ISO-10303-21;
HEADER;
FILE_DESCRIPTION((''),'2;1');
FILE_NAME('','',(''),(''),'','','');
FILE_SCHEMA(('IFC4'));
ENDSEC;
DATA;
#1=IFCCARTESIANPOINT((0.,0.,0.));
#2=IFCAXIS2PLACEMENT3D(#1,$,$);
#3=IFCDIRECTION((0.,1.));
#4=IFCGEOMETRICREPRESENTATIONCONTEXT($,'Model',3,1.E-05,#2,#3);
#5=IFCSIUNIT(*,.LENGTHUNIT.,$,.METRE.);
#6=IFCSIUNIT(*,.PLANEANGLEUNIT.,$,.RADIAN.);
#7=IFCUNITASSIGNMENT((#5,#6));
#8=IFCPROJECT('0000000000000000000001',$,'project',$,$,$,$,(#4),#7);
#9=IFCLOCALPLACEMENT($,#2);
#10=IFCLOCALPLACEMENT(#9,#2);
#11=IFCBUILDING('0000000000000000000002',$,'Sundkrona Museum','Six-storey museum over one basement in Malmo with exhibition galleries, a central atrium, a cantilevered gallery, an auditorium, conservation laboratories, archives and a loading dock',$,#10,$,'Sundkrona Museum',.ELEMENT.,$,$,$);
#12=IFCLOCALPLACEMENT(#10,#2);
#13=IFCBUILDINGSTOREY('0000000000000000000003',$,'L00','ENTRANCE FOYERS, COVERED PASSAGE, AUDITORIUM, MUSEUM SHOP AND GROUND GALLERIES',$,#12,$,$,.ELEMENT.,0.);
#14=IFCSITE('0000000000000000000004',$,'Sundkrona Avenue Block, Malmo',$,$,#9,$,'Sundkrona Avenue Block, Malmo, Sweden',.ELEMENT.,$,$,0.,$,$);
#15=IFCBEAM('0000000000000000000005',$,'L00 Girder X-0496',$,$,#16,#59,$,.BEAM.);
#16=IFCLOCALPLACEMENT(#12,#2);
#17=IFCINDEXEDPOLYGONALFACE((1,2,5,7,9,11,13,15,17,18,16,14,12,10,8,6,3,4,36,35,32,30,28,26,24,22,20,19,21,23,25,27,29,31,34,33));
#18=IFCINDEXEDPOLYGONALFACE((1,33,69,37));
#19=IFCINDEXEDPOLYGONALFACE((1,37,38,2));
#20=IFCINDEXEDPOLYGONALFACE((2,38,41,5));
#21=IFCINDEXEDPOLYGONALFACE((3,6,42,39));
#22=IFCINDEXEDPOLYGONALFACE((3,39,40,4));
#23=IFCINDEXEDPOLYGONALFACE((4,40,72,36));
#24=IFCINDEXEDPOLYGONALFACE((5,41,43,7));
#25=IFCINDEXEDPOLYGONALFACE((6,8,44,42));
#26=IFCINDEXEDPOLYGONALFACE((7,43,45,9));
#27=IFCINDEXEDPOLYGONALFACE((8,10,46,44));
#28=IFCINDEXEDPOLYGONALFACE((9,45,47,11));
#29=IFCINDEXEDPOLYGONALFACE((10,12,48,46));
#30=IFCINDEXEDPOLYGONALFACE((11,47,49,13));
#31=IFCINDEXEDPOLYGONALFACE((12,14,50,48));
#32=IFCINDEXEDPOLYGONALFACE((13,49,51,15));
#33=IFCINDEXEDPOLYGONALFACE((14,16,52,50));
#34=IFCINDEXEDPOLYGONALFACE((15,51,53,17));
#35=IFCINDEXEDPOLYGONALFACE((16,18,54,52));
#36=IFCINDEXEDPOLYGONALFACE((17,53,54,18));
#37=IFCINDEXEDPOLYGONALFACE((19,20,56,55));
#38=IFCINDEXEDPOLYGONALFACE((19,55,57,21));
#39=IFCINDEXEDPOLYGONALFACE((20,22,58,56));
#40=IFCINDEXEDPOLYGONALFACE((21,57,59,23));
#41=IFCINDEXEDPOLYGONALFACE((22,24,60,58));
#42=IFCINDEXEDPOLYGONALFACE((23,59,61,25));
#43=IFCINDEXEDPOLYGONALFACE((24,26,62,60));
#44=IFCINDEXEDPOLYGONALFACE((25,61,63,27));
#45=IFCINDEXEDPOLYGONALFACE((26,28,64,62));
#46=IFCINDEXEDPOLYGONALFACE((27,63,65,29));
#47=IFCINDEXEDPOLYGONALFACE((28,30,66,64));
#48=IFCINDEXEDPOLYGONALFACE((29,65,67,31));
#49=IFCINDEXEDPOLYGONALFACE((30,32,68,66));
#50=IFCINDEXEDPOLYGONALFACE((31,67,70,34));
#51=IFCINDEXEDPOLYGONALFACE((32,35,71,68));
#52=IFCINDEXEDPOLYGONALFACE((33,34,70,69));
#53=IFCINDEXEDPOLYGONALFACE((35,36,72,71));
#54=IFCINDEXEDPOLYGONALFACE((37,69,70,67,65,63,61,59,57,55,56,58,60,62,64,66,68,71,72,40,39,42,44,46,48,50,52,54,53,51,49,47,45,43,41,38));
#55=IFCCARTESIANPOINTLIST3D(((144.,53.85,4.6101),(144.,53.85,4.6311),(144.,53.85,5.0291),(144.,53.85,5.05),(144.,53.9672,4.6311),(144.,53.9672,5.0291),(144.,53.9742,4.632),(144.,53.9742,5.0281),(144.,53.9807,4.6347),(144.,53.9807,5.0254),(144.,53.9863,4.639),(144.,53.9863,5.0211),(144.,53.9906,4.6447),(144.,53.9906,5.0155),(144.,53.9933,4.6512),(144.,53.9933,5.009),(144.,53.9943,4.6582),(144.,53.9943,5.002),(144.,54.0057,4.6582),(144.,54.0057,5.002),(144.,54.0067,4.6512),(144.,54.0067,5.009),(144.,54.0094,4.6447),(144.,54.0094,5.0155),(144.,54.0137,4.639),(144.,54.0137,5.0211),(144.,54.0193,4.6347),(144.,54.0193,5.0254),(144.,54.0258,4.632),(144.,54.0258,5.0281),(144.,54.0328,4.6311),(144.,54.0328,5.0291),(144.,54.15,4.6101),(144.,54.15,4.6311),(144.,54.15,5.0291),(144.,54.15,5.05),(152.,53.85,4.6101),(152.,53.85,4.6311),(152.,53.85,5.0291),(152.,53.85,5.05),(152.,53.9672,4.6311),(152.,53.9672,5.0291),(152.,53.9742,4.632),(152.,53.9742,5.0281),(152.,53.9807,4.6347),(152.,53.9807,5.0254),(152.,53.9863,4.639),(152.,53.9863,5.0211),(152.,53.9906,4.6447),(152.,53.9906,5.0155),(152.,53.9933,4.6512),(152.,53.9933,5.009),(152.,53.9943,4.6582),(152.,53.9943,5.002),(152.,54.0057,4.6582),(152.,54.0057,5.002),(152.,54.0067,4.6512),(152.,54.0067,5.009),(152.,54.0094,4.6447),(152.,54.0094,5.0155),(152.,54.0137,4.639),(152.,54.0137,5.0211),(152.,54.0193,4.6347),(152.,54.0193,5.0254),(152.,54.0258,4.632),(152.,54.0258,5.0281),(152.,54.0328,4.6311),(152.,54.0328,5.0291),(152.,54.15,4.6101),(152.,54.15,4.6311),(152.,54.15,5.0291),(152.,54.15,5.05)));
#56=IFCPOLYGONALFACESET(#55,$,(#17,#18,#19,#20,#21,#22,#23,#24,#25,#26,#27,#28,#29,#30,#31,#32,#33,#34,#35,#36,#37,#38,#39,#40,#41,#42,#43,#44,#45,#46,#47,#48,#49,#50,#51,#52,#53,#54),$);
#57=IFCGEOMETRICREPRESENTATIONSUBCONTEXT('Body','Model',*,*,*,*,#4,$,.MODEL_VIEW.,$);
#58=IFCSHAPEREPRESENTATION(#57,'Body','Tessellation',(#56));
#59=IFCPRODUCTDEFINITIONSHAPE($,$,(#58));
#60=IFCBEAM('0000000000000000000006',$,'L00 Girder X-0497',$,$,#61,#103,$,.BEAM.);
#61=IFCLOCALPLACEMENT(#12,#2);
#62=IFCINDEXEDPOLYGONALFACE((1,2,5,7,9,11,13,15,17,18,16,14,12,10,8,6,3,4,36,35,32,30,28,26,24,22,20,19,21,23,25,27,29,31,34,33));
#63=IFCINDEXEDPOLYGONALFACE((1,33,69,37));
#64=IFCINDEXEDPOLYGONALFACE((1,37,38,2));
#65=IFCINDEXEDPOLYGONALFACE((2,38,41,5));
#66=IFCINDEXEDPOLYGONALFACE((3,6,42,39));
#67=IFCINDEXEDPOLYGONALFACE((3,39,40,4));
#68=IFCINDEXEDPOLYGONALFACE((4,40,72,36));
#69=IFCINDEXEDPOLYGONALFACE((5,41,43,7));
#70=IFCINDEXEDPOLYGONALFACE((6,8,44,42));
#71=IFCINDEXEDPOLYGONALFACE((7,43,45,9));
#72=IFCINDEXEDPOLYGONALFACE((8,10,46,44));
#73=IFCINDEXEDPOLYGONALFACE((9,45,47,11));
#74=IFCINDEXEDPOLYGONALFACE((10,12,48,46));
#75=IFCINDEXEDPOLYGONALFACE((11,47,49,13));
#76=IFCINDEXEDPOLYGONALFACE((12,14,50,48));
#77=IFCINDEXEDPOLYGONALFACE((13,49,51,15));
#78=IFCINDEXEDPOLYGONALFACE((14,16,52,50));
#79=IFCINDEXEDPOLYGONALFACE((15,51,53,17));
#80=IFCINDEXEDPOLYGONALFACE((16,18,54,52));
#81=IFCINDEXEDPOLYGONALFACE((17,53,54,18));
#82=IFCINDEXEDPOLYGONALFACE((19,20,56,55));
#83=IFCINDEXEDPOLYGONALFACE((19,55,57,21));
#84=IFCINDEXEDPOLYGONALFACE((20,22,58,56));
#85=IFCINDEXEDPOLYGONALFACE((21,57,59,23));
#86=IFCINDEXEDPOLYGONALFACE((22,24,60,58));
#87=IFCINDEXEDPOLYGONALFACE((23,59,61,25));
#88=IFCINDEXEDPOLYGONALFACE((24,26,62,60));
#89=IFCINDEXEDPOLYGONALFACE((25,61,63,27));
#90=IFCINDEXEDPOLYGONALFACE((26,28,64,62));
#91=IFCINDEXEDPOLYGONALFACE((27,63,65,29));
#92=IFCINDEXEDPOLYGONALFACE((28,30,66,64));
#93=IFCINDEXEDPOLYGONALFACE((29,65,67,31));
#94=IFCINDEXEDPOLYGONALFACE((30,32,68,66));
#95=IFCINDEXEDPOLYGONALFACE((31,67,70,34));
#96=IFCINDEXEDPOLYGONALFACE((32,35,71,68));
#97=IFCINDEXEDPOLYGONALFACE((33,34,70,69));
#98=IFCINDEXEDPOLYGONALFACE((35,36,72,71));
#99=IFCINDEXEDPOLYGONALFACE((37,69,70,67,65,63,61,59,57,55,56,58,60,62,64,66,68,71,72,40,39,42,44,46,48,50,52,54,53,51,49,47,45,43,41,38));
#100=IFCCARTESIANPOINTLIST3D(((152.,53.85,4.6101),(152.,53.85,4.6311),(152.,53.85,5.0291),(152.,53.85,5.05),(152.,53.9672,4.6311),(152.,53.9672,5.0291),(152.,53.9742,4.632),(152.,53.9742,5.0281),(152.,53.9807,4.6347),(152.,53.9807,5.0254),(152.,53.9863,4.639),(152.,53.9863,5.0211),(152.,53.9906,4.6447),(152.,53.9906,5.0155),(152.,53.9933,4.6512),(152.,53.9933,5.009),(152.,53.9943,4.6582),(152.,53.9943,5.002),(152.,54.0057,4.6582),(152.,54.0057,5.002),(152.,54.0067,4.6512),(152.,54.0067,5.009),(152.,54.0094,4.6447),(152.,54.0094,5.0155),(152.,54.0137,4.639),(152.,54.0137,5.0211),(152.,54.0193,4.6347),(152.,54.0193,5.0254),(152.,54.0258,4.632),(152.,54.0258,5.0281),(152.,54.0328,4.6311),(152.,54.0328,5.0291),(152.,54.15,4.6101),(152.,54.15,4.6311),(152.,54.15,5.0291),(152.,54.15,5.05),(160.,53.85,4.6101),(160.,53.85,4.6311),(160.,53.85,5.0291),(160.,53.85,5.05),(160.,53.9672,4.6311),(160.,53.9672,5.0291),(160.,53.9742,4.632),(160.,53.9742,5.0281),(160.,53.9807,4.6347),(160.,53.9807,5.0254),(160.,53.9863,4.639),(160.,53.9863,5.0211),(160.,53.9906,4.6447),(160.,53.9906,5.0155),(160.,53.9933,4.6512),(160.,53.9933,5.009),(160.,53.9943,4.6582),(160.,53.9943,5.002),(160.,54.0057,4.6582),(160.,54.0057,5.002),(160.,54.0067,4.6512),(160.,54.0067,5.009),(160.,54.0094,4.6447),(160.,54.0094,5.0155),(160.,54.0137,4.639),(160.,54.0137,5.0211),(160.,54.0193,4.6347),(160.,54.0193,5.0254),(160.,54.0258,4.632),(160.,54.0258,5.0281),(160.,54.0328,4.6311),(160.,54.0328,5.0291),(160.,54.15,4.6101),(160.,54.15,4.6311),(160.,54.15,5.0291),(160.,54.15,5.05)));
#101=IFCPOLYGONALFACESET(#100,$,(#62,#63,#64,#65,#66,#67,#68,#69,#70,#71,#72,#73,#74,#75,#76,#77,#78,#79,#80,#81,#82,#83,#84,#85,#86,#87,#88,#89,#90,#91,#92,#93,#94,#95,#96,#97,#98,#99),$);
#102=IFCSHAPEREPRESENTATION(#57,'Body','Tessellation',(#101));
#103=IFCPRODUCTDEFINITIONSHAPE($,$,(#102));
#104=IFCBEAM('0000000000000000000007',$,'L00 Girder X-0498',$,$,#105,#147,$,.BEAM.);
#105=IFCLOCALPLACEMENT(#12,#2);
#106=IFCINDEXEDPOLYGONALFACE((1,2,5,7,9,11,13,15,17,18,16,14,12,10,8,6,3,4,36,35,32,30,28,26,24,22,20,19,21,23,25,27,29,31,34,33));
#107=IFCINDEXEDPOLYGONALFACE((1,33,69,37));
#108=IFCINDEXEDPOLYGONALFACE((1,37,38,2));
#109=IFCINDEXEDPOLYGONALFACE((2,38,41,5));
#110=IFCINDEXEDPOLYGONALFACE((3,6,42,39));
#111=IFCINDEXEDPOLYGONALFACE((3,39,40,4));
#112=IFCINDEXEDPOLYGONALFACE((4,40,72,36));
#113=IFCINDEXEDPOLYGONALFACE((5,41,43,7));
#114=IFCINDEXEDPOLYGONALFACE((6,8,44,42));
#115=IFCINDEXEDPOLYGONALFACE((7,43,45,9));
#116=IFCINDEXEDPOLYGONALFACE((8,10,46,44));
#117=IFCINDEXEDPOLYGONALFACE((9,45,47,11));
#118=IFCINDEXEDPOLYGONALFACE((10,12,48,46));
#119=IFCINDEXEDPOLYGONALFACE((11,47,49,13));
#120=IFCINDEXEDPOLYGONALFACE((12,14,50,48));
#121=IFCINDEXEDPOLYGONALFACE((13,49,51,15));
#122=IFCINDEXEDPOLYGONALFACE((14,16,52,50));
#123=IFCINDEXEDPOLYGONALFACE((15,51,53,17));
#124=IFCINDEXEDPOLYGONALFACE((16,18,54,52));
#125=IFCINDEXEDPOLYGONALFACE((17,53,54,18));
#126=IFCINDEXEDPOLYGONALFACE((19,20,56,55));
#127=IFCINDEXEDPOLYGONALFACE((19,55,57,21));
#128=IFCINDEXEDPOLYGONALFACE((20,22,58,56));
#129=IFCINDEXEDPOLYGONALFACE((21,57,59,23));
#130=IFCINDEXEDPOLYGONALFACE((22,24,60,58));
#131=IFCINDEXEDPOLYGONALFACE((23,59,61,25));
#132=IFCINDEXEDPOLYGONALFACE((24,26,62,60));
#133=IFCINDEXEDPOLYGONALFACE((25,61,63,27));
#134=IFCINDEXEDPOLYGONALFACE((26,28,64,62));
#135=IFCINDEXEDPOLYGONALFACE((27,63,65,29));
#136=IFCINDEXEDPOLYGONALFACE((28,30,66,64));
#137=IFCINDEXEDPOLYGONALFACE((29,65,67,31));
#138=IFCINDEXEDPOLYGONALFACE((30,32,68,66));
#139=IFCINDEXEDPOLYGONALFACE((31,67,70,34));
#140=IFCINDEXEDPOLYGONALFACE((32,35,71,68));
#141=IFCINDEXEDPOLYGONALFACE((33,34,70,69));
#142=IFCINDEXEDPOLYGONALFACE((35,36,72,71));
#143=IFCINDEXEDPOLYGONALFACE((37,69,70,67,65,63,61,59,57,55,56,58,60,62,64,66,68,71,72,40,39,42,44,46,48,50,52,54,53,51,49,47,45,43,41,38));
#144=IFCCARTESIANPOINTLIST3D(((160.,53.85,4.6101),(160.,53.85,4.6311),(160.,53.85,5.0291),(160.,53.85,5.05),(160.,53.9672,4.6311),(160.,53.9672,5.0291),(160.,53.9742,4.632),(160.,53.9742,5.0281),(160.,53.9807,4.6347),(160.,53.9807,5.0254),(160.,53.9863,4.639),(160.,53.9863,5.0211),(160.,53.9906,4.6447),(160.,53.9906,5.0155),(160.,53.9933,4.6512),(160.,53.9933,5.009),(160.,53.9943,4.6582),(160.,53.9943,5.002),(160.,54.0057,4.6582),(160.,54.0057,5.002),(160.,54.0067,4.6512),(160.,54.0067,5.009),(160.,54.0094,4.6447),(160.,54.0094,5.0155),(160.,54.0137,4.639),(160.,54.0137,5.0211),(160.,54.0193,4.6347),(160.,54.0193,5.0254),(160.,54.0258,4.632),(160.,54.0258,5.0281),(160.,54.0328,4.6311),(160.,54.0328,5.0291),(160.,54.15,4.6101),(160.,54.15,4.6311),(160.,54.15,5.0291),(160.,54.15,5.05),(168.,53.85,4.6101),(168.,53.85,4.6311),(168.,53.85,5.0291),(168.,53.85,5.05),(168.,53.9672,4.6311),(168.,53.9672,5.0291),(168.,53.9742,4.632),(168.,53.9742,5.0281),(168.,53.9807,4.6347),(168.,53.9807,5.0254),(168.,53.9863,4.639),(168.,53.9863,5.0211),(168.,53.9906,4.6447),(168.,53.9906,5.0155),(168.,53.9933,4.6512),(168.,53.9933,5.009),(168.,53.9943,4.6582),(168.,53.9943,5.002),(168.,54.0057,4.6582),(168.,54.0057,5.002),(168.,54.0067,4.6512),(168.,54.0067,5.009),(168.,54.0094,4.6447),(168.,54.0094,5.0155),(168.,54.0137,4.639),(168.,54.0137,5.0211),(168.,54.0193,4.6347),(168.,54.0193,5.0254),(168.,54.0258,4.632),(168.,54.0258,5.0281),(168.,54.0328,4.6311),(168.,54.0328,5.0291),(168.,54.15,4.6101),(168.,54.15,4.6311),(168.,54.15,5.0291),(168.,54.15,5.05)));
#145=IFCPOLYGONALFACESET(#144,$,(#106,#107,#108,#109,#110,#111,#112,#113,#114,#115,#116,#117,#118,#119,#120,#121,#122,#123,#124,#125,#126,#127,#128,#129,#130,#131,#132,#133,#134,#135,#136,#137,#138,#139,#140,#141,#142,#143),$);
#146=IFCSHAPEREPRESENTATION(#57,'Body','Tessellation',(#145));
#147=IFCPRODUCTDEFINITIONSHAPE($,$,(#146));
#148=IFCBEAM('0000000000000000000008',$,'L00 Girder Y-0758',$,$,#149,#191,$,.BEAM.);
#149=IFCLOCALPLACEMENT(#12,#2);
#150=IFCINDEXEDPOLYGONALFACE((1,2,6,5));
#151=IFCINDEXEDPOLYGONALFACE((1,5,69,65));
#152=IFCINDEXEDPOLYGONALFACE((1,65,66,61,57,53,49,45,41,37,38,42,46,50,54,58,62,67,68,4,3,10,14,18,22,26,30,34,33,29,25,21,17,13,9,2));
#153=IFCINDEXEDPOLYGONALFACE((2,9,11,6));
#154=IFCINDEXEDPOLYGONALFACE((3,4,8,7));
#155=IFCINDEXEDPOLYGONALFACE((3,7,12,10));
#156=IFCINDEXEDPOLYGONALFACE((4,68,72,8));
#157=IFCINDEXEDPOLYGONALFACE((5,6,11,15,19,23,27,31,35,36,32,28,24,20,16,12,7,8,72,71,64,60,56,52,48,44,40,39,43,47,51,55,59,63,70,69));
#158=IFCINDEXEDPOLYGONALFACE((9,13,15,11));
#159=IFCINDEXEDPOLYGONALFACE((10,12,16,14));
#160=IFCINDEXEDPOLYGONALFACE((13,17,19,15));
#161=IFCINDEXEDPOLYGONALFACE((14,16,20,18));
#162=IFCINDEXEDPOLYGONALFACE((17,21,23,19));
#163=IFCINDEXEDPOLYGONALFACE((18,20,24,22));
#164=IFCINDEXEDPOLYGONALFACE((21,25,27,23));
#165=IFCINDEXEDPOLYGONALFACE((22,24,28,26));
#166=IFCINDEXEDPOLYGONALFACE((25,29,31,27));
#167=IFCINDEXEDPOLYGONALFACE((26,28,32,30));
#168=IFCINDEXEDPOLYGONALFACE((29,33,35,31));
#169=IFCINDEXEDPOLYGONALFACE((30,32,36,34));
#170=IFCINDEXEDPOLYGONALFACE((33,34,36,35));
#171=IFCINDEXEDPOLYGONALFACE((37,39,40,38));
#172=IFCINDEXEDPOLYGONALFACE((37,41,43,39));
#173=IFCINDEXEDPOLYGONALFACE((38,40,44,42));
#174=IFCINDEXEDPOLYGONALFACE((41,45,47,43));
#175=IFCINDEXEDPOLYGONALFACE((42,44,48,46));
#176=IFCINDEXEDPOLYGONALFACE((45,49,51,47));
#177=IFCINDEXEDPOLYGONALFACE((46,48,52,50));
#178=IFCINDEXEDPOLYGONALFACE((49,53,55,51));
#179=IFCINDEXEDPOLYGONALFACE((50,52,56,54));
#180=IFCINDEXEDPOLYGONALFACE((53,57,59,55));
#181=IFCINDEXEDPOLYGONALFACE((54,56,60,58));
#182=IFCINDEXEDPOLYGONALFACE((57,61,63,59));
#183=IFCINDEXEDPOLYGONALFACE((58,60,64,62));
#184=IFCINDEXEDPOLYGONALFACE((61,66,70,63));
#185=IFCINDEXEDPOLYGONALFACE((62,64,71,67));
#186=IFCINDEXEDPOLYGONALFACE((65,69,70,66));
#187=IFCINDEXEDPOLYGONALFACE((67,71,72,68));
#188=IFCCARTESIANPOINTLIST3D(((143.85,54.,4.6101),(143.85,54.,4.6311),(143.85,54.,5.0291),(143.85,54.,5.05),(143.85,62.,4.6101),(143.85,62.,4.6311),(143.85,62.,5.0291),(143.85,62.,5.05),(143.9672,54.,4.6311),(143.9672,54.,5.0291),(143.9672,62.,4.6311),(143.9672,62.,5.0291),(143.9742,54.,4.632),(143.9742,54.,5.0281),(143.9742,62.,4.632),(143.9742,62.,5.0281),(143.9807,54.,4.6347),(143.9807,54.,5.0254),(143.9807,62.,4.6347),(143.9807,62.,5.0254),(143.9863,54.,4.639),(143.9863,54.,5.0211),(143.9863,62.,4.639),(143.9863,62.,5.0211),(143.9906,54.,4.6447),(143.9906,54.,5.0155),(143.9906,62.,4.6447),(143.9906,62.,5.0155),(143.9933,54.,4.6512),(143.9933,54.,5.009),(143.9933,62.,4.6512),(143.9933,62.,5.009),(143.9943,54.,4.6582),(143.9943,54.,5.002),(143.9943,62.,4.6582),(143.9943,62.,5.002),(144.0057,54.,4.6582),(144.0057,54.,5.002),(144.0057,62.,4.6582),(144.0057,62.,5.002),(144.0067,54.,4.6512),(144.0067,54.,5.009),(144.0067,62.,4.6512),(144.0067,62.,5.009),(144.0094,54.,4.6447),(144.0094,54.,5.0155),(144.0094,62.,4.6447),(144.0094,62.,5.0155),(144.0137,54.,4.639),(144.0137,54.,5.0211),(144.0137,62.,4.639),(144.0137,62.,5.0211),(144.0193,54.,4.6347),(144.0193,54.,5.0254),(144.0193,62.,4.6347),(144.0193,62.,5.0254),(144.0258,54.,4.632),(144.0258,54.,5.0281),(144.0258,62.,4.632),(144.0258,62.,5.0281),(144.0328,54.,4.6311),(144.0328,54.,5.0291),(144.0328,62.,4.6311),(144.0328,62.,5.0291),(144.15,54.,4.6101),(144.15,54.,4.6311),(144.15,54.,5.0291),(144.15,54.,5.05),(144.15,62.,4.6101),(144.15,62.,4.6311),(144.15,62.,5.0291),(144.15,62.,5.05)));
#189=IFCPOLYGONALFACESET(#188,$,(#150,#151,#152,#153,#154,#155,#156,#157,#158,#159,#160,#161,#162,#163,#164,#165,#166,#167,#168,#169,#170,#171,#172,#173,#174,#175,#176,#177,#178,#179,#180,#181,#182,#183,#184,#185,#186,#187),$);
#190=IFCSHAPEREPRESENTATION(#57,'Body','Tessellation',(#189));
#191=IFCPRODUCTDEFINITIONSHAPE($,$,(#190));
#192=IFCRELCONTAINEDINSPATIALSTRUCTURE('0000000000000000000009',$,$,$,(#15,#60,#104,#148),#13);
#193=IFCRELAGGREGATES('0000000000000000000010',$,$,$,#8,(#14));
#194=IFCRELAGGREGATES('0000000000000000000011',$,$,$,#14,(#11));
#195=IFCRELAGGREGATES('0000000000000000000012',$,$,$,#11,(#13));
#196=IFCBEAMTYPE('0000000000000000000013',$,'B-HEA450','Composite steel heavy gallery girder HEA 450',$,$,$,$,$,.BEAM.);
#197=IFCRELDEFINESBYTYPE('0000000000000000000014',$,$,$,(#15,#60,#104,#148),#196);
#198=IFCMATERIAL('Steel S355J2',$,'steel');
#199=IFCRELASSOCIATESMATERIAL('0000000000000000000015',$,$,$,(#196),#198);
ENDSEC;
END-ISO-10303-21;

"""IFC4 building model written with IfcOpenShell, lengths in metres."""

from ifc_helpers import new_model, si_unit, direction, frame, origin, origin_2d, place, context, subcontext, project, spatial, i_section, extrude, material, material_profile, profile_set, type_object, element, save


model = new_model("IFC4")

# Units and contexts
model_context = context("Model", 3, precision=1e-05, world=origin(), true_north=direction((0.0, 1.0)))
body_context = subcontext(model_context, "Body", "Model", "MODEL_VIEW")
ifc_project = project(units=[si_unit("LENGTHUNIT", "METRE"), si_unit("PLANEANGLEUNIT", "RADIAN")], contexts=[model_context])

# Site, building, storey
site_placement = place(None, origin())
site = spatial("IfcSite", under=ifc_project, at=site_placement, Name="Sundkrona Avenue Block, Malmo", LongName="Sundkrona Avenue Block, Malmo, Sweden", CompositionType="ELEMENT", RefElevation=0.0)
building_placement = place(site_placement, origin())
building = spatial("IfcBuilding", under=site, at=building_placement, Name="Sundkrona Museum", Description="Six-storey museum over one basement in Malmo with exhibition galleries, a central atrium, a cantilevered gallery, an auditorium, conservation laboratories, archives and a loading dock", LongName="Sundkrona Museum", CompositionType="ELEMENT")
storey_placement = place(building_placement, origin())
storey = spatial("IfcBuildingStorey", under=building, at=storey_placement, Name="L00", Description="ENTRANCE FOYERS, COVERED PASSAGE, AUDITORIUM, MUSEUM SHOP AND GROUND GALLERIES", CompositionType="ELEMENT", Elevation=0.0)

# Shared definitions
ifc_material_1 = material(Name="Steel S355J2", Category="steel")

# Beams
ifc_material_profile_1 = material_profile(ifc_material_1, i_section(OverallWidth=0.3, OverallDepth=0.4399, WebThickness=0.0115, FlangeThickness=0.021, FilletRadius=0.0271, at=origin_2d()), Name="HEA 450")
ifc_profile_set_1 = profile_set([ifc_material_profile_1], Name="Steel S355J2")
beam_type_1 = type_object("IfcBeamType", Name="B-HEA450", Description="Composite steel heavy gallery girder HEA 450", PredefinedType="BEAM", material=ifc_profile_set_1)
for number, where, z_axis, x_axis, name in (
    (1, (144.0, 54.0, 4.8301), (1.0, 0.0, 0.0), (0.0, 1.0, 0.0), "L00 Girder X-0496"),
    (2, (152.0, 54.0, 4.8301), (1.0, 0.0, 0.0), (0.0, 1.0, 0.0), "L00 Girder X-0497"),
    (3, (160.0, 54.0, 4.8301), (1.0, 0.0, 0.0), (0.0, 1.0, 0.0), "L00 Girder X-0498"),
    (4, (144.0, 54.0, 4.8301), (0.0, 1.0, 0.0), (-1.0, 0.0, 0.0), "L00 Girder Y-0758"),
):
    element("IfcBeam", number, at=place(storey_placement, frame(where, z_axis=z_axis, x_axis=x_axis)), inside=storey, type_object=beam_type_1, Name=name, PredefinedType="BEAM", context=body_context, shape_type="SweptSolid", body=[
        extrude(i_section(OverallWidth=0.3, OverallDepth=0.4399, WebThickness=0.0115, FlangeThickness=0.021, FilletRadius=0.0271, at=origin_2d()), origin(), (0.0, 0.0, 1.0), 8.0),
    ])

save(model, "model.ifc")
